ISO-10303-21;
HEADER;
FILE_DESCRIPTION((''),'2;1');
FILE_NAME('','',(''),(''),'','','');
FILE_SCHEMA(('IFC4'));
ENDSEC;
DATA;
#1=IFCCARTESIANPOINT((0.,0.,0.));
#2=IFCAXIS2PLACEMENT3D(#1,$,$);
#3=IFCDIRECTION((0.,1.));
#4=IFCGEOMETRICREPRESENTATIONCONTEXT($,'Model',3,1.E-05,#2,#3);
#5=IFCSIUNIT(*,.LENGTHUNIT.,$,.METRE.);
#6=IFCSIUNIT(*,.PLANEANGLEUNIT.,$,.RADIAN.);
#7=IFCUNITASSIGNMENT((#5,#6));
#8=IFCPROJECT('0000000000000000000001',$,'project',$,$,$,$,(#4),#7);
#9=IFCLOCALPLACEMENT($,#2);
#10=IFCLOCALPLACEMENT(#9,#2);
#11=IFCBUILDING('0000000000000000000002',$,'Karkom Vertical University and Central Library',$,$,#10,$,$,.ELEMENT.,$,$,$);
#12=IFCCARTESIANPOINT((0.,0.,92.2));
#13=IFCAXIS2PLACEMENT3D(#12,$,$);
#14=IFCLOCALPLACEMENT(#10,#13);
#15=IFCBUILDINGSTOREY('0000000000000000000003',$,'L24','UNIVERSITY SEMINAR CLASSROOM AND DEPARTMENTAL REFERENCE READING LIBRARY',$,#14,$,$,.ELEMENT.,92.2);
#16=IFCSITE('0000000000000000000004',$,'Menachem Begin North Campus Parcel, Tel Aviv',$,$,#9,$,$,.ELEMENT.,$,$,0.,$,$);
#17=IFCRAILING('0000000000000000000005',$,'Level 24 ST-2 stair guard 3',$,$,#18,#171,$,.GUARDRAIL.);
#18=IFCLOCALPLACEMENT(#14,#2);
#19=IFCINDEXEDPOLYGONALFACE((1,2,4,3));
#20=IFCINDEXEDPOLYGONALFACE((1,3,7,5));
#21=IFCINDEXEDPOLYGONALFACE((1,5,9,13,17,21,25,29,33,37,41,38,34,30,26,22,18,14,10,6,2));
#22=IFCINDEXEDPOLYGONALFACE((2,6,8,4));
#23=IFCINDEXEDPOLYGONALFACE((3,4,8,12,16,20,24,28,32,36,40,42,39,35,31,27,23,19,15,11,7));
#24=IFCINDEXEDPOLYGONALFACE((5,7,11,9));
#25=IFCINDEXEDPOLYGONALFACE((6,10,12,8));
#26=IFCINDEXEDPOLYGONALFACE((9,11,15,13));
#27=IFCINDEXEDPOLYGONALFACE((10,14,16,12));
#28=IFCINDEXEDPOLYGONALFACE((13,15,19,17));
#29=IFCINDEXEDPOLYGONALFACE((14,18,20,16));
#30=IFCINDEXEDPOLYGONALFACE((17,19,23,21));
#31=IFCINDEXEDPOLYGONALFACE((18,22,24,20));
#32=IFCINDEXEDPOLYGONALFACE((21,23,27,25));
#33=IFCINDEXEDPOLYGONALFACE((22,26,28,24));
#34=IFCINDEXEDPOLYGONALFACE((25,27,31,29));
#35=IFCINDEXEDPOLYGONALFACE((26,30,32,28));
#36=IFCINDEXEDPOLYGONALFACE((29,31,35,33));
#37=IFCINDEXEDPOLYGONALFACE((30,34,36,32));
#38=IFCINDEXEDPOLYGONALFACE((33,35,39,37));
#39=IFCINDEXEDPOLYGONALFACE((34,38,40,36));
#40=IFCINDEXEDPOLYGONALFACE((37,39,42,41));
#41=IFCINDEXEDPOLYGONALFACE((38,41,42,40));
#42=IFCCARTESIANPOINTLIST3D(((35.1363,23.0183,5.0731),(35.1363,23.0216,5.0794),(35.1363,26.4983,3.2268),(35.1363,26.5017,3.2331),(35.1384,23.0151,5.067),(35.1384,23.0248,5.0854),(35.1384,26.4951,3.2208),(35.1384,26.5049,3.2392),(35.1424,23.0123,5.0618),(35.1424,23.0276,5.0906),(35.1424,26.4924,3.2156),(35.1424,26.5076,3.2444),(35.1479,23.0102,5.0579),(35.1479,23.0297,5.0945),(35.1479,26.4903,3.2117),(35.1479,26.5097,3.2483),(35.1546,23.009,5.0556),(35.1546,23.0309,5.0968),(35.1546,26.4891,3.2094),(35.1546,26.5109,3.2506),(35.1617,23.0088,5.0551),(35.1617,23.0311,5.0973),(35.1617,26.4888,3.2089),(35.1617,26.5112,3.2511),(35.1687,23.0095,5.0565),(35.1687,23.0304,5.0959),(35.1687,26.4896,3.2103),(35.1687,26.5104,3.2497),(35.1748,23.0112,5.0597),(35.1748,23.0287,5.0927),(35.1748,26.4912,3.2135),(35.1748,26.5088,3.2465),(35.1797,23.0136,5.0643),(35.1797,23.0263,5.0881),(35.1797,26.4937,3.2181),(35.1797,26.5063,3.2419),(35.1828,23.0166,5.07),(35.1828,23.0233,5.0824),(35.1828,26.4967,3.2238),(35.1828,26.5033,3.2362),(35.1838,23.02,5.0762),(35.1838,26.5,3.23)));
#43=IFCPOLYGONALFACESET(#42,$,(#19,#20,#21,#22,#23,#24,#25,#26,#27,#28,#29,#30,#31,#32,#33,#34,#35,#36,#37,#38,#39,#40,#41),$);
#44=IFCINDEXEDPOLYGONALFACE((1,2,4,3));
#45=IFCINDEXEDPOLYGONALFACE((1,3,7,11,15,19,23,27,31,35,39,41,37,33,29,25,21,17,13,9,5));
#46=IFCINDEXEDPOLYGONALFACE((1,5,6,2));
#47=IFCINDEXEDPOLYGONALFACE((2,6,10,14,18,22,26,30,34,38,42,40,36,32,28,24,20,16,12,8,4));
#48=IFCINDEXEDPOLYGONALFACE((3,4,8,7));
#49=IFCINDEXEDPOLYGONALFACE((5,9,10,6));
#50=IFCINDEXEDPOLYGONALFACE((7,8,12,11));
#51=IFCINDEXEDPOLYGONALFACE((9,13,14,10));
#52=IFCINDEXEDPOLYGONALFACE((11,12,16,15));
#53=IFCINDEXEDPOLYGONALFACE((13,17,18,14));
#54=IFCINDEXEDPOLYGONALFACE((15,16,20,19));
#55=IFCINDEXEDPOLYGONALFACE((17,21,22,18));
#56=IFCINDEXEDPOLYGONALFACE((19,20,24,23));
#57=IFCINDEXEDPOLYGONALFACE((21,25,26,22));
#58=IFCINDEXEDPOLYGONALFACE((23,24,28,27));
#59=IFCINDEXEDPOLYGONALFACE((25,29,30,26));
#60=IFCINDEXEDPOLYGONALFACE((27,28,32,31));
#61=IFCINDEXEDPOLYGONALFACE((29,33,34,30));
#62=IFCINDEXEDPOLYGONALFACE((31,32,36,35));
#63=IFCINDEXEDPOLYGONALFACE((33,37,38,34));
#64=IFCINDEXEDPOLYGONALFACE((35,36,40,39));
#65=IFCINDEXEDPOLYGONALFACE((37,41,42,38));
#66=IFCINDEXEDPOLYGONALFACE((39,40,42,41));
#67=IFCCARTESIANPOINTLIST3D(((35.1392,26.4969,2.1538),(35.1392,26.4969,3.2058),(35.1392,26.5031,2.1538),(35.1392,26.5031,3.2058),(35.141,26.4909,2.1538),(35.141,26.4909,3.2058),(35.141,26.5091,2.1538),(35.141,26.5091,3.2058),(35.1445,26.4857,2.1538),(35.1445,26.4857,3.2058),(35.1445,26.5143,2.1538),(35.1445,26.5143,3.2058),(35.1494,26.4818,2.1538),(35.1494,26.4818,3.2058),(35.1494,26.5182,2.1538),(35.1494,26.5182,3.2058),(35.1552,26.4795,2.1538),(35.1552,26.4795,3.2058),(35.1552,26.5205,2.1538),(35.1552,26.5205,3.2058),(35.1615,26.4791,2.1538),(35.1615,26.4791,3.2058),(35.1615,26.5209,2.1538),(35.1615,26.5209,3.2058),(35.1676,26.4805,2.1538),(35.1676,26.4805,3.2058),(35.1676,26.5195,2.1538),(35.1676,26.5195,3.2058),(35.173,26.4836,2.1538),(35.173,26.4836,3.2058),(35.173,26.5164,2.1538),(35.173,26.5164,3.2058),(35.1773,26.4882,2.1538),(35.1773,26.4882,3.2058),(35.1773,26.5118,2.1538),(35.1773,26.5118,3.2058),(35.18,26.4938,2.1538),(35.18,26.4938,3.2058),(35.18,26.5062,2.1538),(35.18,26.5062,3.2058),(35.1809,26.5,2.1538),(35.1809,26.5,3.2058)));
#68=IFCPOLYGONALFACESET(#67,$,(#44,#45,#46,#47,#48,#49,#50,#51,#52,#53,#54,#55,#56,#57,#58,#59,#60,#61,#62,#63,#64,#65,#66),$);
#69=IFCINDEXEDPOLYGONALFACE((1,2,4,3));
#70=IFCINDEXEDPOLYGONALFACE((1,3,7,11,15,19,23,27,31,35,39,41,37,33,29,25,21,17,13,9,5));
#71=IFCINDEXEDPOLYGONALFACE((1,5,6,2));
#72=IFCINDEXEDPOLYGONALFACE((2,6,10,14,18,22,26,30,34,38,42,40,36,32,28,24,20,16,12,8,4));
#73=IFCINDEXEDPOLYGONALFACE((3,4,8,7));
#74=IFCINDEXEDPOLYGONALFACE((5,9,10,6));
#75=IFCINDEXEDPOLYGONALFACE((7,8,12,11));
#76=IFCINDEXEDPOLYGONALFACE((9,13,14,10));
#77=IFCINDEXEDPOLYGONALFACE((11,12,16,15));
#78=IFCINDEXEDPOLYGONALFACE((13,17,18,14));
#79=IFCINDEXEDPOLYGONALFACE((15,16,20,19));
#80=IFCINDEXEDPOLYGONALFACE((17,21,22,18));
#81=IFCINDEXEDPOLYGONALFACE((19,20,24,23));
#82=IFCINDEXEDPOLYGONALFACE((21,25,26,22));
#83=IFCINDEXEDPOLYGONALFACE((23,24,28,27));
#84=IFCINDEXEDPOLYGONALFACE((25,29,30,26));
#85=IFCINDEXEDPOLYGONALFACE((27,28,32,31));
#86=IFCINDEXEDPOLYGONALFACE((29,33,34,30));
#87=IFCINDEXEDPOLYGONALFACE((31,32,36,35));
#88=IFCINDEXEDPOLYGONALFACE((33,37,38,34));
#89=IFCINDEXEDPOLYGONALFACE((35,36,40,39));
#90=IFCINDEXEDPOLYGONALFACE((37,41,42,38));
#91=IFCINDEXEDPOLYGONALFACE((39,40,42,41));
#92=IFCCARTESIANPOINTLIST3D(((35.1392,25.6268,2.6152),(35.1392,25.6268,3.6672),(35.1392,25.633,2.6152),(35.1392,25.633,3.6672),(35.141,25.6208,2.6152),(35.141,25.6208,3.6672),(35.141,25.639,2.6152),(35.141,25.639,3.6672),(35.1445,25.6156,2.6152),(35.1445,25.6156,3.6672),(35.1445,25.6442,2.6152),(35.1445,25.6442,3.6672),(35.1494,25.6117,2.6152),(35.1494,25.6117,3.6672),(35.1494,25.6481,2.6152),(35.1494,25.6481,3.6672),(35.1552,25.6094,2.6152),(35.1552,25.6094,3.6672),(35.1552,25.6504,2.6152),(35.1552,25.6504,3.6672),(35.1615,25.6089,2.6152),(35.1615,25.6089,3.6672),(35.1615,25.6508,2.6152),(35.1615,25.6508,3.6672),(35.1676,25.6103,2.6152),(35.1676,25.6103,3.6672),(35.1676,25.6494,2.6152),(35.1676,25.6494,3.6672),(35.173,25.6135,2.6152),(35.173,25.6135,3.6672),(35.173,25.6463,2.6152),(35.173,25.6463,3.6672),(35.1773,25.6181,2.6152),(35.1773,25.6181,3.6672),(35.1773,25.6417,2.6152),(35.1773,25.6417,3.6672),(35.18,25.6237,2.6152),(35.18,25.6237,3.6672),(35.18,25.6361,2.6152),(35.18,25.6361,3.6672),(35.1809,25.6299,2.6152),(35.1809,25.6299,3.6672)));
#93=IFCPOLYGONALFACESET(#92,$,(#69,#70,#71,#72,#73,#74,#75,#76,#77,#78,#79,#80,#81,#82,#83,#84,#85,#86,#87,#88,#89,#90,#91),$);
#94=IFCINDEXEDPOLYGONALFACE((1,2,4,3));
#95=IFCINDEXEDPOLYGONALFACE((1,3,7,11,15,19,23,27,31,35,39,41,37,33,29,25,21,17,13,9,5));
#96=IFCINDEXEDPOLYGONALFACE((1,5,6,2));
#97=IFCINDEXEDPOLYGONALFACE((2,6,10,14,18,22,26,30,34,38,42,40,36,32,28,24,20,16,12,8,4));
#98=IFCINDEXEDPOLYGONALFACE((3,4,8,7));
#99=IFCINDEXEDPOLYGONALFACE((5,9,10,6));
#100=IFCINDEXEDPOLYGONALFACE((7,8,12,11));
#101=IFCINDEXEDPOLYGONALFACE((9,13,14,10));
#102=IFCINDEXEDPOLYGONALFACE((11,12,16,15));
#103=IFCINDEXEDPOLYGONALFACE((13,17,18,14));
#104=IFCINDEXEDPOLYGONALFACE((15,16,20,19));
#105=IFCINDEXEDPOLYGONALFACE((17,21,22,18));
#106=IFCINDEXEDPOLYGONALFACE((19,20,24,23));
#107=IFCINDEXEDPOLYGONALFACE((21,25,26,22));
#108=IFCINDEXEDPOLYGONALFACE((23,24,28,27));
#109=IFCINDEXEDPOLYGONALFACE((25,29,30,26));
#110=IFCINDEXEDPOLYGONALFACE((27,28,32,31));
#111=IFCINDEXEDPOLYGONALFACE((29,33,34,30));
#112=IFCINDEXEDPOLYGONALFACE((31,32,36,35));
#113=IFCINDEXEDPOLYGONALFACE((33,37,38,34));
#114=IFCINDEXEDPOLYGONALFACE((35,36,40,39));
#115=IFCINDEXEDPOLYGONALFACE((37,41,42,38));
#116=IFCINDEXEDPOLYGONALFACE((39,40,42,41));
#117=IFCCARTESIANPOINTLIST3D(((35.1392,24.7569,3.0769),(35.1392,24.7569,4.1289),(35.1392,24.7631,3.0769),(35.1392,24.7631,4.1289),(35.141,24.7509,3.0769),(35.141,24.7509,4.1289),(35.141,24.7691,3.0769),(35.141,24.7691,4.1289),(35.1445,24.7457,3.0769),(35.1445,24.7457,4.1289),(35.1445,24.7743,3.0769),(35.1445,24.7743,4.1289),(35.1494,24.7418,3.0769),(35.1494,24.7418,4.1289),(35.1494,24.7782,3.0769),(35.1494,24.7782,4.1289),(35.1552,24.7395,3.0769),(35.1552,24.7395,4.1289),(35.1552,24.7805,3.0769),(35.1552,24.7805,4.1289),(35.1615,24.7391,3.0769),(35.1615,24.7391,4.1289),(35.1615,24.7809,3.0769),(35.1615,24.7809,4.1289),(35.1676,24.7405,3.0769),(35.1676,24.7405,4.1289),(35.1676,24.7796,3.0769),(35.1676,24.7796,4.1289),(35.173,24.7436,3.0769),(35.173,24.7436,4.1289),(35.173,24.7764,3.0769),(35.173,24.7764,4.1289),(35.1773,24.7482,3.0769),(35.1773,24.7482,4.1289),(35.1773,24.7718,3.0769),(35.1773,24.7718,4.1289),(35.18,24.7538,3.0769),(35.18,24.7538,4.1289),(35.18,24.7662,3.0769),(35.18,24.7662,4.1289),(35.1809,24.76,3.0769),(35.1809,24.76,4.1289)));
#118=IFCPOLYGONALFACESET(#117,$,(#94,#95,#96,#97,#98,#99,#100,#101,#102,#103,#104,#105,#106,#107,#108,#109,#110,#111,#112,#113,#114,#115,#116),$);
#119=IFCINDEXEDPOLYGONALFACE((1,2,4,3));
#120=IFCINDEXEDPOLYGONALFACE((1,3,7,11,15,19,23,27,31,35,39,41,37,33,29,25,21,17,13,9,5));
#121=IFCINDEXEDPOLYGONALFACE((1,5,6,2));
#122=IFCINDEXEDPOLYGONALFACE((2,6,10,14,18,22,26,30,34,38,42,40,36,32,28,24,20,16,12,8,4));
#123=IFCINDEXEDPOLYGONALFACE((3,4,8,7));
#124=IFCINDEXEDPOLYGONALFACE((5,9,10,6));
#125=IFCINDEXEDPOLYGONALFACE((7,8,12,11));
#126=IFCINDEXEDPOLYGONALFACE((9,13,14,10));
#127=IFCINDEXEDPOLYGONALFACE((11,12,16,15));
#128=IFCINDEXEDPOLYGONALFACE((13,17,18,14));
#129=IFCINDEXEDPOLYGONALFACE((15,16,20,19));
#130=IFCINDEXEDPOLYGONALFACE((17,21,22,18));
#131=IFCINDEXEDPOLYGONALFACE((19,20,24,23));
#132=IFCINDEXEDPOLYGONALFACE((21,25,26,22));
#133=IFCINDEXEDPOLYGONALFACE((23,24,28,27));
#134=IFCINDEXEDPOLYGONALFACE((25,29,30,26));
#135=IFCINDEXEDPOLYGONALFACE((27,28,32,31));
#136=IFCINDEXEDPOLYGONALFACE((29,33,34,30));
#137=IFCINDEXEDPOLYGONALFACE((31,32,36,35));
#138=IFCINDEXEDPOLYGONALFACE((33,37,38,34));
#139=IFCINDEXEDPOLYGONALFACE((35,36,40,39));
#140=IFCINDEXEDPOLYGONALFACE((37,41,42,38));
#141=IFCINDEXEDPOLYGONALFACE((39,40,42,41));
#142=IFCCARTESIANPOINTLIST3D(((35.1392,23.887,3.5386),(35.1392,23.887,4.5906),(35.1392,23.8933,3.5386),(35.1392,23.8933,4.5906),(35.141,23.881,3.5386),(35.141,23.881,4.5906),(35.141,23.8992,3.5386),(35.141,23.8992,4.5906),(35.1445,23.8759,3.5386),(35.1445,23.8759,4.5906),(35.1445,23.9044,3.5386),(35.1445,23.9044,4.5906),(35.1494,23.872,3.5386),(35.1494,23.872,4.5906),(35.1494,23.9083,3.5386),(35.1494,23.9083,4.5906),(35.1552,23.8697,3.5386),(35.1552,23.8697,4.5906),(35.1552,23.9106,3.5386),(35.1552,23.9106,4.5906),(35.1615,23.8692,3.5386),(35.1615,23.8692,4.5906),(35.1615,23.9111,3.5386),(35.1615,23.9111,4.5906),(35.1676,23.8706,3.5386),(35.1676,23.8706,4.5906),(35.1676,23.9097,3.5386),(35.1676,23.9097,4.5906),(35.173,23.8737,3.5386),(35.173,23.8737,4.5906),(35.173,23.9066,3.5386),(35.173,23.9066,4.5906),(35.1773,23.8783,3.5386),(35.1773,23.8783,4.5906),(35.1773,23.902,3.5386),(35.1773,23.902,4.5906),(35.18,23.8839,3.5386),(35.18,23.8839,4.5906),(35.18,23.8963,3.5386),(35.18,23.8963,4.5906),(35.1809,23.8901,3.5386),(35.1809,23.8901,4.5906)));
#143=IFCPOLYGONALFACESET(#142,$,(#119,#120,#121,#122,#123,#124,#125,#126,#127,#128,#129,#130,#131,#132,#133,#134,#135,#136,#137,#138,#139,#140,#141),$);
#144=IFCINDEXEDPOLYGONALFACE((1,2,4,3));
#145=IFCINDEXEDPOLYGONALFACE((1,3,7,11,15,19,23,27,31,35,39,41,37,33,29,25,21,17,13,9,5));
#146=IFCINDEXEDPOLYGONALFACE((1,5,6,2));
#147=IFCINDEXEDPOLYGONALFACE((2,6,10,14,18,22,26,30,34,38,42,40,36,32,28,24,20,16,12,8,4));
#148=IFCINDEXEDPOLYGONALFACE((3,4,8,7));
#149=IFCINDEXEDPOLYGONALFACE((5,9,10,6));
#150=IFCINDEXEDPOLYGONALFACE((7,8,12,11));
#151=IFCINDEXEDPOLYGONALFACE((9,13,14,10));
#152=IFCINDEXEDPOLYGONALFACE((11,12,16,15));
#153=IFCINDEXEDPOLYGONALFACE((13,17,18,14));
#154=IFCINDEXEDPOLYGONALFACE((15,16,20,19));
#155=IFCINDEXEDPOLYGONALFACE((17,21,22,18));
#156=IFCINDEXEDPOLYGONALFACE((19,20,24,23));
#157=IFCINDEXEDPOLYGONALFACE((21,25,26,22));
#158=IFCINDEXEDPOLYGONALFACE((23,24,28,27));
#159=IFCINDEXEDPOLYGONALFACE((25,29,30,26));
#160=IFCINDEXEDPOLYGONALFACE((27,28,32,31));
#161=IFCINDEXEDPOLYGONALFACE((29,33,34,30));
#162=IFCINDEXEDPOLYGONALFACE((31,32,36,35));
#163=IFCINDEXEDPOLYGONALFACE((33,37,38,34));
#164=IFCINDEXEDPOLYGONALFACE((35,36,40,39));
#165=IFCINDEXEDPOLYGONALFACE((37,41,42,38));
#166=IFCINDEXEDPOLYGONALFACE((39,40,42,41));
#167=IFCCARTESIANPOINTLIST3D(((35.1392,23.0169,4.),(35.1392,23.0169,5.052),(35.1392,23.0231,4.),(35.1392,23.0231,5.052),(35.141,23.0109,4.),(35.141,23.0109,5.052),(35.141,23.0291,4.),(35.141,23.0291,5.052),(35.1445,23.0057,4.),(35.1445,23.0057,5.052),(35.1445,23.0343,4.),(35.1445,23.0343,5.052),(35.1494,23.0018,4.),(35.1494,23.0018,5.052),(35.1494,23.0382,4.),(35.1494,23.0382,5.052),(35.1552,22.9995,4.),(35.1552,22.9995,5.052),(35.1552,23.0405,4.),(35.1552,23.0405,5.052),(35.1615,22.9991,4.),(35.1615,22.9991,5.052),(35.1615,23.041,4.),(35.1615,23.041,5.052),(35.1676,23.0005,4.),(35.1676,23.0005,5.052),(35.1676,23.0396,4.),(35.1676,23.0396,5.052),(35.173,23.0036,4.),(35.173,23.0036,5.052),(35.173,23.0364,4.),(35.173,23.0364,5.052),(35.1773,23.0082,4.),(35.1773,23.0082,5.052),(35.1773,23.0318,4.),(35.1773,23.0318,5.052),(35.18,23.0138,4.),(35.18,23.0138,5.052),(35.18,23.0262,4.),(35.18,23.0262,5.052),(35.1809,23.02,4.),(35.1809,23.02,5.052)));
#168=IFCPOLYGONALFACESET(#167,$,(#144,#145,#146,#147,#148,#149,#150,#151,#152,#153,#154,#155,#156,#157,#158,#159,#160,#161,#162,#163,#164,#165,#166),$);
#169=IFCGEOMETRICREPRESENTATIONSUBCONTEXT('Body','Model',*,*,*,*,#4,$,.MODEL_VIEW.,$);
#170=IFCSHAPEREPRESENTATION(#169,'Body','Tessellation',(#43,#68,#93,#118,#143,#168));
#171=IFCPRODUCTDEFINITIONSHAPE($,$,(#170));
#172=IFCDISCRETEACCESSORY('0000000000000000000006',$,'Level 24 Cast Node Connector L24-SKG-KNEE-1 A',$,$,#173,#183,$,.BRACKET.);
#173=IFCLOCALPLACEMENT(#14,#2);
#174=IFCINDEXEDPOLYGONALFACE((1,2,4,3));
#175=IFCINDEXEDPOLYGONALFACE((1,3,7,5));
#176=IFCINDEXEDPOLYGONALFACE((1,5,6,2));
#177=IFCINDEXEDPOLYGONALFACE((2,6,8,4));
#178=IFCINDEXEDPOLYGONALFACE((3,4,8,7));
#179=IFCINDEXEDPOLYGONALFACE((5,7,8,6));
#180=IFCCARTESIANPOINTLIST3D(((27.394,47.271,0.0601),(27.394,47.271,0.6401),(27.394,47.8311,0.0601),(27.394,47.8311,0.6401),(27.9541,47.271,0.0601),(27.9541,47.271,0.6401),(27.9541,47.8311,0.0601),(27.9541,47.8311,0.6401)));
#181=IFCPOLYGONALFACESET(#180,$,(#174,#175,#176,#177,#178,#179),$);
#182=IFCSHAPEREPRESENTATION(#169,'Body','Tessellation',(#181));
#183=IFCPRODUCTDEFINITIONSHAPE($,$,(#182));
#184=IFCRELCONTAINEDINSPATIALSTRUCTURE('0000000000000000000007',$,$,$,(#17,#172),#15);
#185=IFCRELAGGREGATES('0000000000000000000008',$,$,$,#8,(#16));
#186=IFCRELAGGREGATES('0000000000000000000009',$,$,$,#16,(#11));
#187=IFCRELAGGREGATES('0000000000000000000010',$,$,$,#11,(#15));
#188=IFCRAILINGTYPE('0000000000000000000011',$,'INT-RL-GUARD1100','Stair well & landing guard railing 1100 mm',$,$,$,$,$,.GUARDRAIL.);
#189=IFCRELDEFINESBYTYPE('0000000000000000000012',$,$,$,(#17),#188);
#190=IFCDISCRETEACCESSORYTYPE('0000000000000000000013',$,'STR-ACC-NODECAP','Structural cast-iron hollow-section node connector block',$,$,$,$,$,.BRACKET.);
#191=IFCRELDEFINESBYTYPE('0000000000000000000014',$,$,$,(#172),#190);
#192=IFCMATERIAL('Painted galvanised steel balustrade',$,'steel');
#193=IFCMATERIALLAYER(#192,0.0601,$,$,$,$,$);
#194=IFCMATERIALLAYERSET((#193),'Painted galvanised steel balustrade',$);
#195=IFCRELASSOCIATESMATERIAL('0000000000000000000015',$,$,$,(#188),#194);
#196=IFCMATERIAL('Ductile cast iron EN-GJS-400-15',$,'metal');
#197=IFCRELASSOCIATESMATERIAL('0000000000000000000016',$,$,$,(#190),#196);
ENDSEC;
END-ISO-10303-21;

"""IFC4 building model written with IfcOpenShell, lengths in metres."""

from ifc_helpers import new_model, si_unit, direction, frame, origin, origin_with_axes, origin_2d, place, context, subcontext, project, spatial, rectangle, circle, extrude, source, transform, mapped, material, layer, layer_set, type_object, element, save


model = new_model("IFC4")

# Units and contexts
model_context = context("Model", 3, precision=1e-05, world=origin(), true_north=direction((0.0, 1.0)))
body_context = subcontext(model_context, "Body", "Model", "MODEL_VIEW")
ifc_project = project(units=[si_unit("LENGTHUNIT", "METRE"), si_unit("PLANEANGLEUNIT", "RADIAN")], contexts=[model_context])

# Site, building, storey
site_placement = place(None, origin())
site = spatial("IfcSite", under=ifc_project, at=site_placement, Name="Menachem Begin North Campus Parcel, Tel Aviv", CompositionType="ELEMENT", RefElevation=0.0)
building_placement = place(site_placement, origin())
building = spatial("IfcBuilding", under=site, at=building_placement, Name="Karkom Vertical University and Central Library", CompositionType="ELEMENT")
storey_placement = place(building_placement, frame((0.0, 0.0, 92.2)))
storey = spatial("IfcBuildingStorey", under=building, at=storey_placement, Name="L24", Description="UNIVERSITY SEMINAR CLASSROOM AND DEPARTMENTAL REFERENCE READING LIBRARY", CompositionType="ELEMENT", Elevation=92.2)

# Railing
ifc_material_1 = material(Name="Painted galvanised steel balustrade", Category="steel")
ifc_layer_1 = layer(ifc_material_1, 0.0601)
ifc_layer_set_1 = layer_set([ifc_layer_1], Name="Painted galvanised steel balustrade")
railing_type = type_object("IfcRailingType", Name="INT-RL-GUARD1100", Description="Stair well & landing guard railing 1100 mm", PredefinedType="GUARDRAIL", material=ifc_layer_set_1)
railing_1_placement = place(storey_placement, frame((35.1599, 26.5, 2.1538)))
element("IfcRailing", 1, at=railing_1_placement, inside=storey, type_object=railing_type, Name="Level 24 ST-2 stair guard 3", PredefinedType="GUARDRAIL", context=body_context, shape_type="SweptSolid", body=[
    extrude(circle(Radius=0.0239, at=origin_2d()), frame((0.0, 0.0, 1.0762), z_axis=(0.0, -0.883384, 0.468651), x_axis=(1.0, 0.0, 0.0)), (0.0, 0.0, 1.0), 3.9395),
    extrude(circle(Radius=0.021, at=origin_2d()), origin(), (0.0, 0.0, 1.0), 1.052),
    extrude(circle(Radius=0.021, at=origin_2d()), frame((0.0, -0.8701, 0.4614)), (0.0, 0.0, 1.0), 1.052),
    extrude(circle(Radius=0.021, at=origin_2d()), frame((0.0, -1.74, 0.9231)), (0.0, 0.0, 1.0), 1.052),
    extrude(circle(Radius=0.021, at=origin_2d()), frame((0.0, -2.6099, 1.3848)), (0.0, 0.0, 1.0), 1.052),
    extrude(circle(Radius=0.021, at=origin_2d()), frame((0.0, -3.48, 1.8462)), (0.0, 0.0, 1.0), 1.052),
])

# Discrete accessory
ifc_material_2 = material(Name="Ductile cast iron EN-GJS-400-15", Category="metal")
discrete_accessory_type = type_object("IfcDiscreteAccessoryType", Name="STR-ACC-NODECAP", Description="Structural cast-iron hollow-section node connector block", PredefinedType="BRACKET", material=ifc_material_2)
shared_shape_1 = source(origin_with_axes(), body_context, "Body", "SweptSolid", [
    extrude(rectangle(XDim=0.5601, YDim=0.5601, at=origin_2d()), origin(), (0.0, 0.0, 1.0), 0.5801),
])
discrete_accessory_placement = place(storey_placement, frame((27.6741, 47.551, 0.0601), z_axis=(0.0, 0.0, 1.0), x_axis=(1.0, 0.0, 0.0)))
element("IfcDiscreteAccessory", 2, at=discrete_accessory_placement, inside=storey, type_object=discrete_accessory_type, Name="Level 24 Cast Node Connector L24-SKG-KNEE-1 A", PredefinedType="BRACKET", context=body_context, shape_type="MappedRepresentation", body=[
    mapped(shared_shape_1, transform((0.0, 0.0, 0.0), scale=1.0)),
])

save(model, "model.ifc")
